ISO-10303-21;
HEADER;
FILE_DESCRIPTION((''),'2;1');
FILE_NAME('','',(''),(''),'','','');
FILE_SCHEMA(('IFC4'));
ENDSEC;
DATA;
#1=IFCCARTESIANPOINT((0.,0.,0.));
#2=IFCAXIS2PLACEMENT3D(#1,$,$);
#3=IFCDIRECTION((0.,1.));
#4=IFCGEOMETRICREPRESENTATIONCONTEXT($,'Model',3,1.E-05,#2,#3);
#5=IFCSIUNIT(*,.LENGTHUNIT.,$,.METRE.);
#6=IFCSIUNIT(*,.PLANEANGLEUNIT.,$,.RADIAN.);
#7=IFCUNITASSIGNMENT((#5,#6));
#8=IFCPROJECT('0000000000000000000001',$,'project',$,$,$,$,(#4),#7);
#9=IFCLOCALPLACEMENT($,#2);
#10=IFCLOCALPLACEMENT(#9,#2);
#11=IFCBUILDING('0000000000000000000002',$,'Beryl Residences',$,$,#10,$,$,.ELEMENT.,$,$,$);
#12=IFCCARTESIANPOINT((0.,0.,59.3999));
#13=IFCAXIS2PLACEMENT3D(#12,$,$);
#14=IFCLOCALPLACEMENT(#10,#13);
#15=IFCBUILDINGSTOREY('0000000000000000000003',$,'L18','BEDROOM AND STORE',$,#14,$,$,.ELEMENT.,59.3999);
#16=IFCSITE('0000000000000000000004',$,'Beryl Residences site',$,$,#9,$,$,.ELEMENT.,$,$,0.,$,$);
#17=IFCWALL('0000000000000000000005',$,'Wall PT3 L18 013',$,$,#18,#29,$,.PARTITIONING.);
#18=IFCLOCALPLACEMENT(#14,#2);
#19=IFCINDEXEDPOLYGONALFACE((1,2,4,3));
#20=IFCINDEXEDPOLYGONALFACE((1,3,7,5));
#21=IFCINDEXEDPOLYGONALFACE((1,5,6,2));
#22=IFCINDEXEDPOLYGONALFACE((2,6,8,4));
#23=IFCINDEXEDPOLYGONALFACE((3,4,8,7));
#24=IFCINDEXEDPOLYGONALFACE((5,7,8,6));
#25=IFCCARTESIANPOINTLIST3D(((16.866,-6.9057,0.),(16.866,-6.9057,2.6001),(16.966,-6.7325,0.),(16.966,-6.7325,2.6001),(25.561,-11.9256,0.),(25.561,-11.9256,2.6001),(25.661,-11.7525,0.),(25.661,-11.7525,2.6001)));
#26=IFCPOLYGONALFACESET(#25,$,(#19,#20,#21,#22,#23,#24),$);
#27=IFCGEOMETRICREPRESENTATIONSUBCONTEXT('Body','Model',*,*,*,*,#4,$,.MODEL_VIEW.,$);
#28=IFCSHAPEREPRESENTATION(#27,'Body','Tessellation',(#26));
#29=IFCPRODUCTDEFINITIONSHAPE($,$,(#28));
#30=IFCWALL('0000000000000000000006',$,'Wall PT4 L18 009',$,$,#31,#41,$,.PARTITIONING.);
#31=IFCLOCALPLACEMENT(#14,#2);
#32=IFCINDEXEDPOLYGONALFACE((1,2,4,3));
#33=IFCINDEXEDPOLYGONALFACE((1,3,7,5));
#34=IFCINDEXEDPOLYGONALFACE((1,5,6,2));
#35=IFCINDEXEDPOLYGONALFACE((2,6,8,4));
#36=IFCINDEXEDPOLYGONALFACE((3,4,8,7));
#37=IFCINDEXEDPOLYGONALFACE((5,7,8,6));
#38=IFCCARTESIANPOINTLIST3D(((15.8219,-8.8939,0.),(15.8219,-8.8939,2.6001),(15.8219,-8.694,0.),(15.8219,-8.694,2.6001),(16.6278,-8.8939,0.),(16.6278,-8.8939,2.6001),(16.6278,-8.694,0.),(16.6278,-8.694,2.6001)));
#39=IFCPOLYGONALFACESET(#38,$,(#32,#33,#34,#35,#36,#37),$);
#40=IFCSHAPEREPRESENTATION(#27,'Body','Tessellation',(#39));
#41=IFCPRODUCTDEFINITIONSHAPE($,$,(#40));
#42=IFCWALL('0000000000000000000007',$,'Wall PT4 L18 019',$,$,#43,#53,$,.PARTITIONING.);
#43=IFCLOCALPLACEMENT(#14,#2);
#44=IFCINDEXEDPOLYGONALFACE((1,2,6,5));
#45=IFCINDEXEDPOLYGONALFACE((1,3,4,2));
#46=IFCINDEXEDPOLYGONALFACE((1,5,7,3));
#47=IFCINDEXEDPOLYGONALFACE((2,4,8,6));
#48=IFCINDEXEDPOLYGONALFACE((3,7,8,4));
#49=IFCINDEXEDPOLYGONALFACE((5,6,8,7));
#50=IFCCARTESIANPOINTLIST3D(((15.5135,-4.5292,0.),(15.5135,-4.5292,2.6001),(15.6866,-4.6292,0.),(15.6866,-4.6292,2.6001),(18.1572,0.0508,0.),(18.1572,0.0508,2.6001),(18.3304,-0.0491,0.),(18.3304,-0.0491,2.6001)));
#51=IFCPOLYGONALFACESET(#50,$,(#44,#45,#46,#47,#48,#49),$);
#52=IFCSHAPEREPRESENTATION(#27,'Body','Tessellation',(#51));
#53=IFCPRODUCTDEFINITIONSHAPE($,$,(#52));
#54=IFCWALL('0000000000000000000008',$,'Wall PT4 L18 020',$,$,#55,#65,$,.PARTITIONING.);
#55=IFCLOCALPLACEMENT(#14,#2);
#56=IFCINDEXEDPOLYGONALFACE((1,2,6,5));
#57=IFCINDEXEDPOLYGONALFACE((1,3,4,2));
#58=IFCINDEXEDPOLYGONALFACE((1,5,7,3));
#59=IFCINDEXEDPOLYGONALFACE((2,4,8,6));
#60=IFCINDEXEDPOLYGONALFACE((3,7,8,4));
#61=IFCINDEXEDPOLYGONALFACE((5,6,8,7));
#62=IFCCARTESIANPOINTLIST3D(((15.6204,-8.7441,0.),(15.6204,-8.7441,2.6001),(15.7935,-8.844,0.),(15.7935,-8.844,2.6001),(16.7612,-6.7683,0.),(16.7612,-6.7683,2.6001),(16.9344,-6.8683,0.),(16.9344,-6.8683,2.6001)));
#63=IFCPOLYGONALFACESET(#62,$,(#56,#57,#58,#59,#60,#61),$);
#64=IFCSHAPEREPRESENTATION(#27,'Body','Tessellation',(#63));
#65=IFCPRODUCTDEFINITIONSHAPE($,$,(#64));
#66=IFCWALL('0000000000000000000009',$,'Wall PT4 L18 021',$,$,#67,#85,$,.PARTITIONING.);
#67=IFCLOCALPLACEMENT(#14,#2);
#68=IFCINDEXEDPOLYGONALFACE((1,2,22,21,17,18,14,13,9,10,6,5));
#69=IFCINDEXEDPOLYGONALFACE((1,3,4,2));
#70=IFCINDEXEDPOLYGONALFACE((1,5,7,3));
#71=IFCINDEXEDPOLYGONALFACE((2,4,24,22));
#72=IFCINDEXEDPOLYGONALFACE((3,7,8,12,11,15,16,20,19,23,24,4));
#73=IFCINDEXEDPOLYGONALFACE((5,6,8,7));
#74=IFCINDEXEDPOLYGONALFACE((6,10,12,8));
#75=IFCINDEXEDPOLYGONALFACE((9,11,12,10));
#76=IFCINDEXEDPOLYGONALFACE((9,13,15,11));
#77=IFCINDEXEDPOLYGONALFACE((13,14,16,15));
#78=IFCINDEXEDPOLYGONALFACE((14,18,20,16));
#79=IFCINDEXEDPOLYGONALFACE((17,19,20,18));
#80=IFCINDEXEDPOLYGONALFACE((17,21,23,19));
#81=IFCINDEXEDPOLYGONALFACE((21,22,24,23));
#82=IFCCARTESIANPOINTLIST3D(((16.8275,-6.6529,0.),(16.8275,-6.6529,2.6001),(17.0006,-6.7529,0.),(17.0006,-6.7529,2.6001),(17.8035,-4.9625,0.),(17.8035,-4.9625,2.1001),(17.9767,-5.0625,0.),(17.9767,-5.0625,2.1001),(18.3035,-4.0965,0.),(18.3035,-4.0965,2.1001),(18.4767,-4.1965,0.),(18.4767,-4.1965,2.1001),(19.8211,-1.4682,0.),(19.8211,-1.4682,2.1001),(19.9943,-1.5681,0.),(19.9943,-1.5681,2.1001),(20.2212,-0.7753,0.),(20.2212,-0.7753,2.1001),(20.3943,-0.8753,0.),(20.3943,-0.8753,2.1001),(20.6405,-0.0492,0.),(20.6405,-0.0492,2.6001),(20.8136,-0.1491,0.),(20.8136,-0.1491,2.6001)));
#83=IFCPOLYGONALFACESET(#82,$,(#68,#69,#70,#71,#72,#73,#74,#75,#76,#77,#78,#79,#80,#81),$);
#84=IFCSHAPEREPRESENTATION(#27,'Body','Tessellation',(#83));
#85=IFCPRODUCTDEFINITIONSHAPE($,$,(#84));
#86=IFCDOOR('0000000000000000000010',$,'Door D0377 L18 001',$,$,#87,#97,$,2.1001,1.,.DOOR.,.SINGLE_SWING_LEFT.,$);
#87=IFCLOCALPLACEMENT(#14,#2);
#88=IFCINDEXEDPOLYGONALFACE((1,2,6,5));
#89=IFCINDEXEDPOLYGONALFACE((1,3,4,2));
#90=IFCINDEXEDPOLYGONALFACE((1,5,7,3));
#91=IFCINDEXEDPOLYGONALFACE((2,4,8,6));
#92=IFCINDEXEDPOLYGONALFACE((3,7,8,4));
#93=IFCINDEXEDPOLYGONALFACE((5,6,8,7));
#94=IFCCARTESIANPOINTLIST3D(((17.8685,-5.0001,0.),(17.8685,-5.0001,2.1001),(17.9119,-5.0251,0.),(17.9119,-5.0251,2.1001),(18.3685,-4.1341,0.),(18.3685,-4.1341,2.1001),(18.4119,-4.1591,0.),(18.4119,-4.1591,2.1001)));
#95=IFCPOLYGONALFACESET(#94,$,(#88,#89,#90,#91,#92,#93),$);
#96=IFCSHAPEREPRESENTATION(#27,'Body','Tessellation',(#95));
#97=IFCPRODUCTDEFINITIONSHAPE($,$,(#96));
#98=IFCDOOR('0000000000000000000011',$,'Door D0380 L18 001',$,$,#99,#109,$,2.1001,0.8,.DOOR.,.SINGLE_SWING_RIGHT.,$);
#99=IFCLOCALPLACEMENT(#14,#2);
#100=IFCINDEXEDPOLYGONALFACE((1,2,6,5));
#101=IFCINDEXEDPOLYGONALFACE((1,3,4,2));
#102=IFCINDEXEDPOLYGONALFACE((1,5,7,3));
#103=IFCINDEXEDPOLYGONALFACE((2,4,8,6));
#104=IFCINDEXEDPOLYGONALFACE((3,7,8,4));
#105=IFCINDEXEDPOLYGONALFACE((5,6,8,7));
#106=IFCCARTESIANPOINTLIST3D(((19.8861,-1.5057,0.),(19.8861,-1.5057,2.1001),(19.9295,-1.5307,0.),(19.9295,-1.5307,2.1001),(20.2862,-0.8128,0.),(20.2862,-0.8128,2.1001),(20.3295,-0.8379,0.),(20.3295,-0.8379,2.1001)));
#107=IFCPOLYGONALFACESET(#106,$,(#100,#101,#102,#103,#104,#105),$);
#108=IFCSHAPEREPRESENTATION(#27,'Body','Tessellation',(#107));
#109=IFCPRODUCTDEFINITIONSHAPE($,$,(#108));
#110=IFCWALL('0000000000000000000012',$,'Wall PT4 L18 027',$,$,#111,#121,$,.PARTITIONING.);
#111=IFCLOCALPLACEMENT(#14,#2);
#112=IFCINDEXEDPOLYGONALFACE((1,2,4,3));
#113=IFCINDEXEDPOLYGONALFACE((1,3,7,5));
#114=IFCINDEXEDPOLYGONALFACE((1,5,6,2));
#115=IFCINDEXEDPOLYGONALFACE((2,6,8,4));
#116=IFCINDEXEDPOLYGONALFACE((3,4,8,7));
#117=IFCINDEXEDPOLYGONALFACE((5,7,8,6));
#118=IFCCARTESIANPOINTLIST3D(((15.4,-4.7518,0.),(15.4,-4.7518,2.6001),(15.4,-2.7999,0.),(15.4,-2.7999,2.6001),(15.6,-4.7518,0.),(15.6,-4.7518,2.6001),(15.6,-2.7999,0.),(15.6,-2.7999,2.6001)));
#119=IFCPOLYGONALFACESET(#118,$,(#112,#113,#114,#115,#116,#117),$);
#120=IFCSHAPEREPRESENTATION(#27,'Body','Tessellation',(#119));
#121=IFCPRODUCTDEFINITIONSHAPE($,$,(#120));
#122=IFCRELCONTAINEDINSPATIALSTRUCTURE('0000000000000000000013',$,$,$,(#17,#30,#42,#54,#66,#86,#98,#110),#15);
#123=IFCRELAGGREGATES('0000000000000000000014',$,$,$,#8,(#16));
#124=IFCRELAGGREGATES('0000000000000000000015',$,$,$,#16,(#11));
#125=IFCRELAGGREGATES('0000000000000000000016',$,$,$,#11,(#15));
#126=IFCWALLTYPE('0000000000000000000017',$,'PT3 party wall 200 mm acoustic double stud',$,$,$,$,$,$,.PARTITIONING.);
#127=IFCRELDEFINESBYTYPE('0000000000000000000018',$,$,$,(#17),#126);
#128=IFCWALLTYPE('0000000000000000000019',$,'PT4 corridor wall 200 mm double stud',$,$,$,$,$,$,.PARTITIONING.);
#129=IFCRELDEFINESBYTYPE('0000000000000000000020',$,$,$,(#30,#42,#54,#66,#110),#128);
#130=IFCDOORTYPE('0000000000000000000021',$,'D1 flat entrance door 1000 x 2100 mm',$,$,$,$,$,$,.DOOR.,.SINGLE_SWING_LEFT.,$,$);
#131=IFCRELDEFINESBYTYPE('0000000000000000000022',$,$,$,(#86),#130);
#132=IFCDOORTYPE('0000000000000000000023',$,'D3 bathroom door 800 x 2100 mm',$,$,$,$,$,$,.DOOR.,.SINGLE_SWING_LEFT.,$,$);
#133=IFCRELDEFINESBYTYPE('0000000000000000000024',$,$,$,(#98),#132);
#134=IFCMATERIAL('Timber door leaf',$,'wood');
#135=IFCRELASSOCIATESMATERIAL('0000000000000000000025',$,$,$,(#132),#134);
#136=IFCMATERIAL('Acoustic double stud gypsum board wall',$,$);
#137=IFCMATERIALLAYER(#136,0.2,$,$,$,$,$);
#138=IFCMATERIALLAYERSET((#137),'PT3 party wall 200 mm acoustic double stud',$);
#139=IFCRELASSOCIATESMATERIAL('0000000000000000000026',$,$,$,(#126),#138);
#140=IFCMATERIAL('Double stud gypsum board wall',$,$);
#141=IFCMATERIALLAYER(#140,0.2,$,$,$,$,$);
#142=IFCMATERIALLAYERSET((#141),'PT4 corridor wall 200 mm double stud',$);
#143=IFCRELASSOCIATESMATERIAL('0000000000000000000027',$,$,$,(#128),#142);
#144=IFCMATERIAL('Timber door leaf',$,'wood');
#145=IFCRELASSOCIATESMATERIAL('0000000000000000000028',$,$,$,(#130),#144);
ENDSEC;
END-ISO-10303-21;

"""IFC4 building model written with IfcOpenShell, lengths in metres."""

from ifc_helpers import new_model, si_unit, direction, frame, frame_2d, origin, place, context, subcontext, project, spatial, rectangle, extrude, material, layer, layer_set, type_object, element, fill, save


model = new_model("IFC4")

# Units and contexts
model_context = context("Model", 3, precision=1e-05, world=origin(), true_north=direction((0.0, 1.0)))
body_context = subcontext(model_context, "Body", "Model", "MODEL_VIEW")
ifc_project = project(units=[si_unit("LENGTHUNIT", "METRE"), si_unit("PLANEANGLEUNIT", "RADIAN")], contexts=[model_context])

# Site, building, storey
site_placement = place(None, origin())
site = spatial("IfcSite", under=ifc_project, at=site_placement, Name="Beryl Residences site", CompositionType="ELEMENT", RefElevation=0.0)
building_placement = place(site_placement, origin())
building = spatial("IfcBuilding", under=site, at=building_placement, Name="Beryl Residences", CompositionType="ELEMENT")
storey_placement = place(building_placement, frame((0.0, 0.0, 59.3999)))
storey = spatial("IfcBuildingStorey", under=building, at=storey_placement, Name="L18", Description="BEDROOM AND STORE", CompositionType="ELEMENT", Elevation=59.3999)

# Shared definitions
ifc_material_1 = material(Name="Timber door leaf", Category="wood")
door_type_1 = type_object("IfcDoorType", Name="D3 bathroom door 800 x 2100 mm", OperationType="SINGLE_SWING_LEFT", PredefinedType="DOOR", material=ifc_material_1)

# Walls
ifc_material_2 = material(Name="Acoustic double stud gypsum board wall")
ifc_layer_1 = layer(ifc_material_2, 0.2)
ifc_layer_set_1 = layer_set([ifc_layer_1], Name="PT3 party wall 200 mm acoustic double stud")
wall_type_1 = type_object("IfcWallType", Name="PT3 party wall 200 mm acoustic double stud", PredefinedType="PARTITIONING", material=ifc_layer_set_1)
wall_1_placement = place(storey_placement, frame((16.916, -6.8191, 0.0), z_axis=(0.0, 0.0, 1.0), x_axis=(0.866029, -0.499994, 0.0)))
element("IfcWall", 1, at=wall_1_placement, inside=storey, type_object=wall_type_1, Name="Wall PT3 L18 013", PredefinedType="PARTITIONING", context=body_context, shape_type="SweptSolid", body=[
    extrude(rectangle(XDim=10.04, YDim=0.2, at=frame_2d((5.02, 0.0))), origin(), (0.0, 0.0, 1.0), 2.6001),
])
ifc_material_3 = material(Name="Double stud gypsum board wall")
ifc_layer_2 = layer(ifc_material_3, 0.2)
ifc_layer_set_2 = layer_set([ifc_layer_2], Name="PT4 corridor wall 200 mm double stud")
wall_type_2 = type_object("IfcWallType", Name="PT4 corridor wall 200 mm double stud", PredefinedType="PARTITIONING", material=ifc_layer_set_2)
wall_2_placement = place(storey_placement, frame((15.822, -8.7939, 0.0), z_axis=(0.0, 0.0, 1.0), x_axis=(1.0, 0.0, 0.0)))
element("IfcWall", 2, at=wall_2_placement, inside=storey, type_object=wall_type_2, Name="Wall PT4 L18 009", PredefinedType="PARTITIONING", context=body_context, shape_type="SweptSolid", body=[
    extrude(rectangle(XDim=0.8059, YDim=0.2, at=frame_2d((0.4028, 0.0))), origin(), (0.0, 0.0, 1.0), 2.6001),
])
wall_3_placement = place(storey_placement, frame((15.6001, -4.5791, 0.0), z_axis=(0.0, 0.0, 1.0), x_axis=(0.499928, 0.866067, 0.0)))
element("IfcWall", 3, at=wall_3_placement, inside=storey, type_object=wall_type_2, Name="Wall PT4 L18 019", PredefinedType="PARTITIONING", context=body_context, shape_type="SweptSolid", body=[
    extrude(rectangle(XDim=5.2883, YDim=0.2, at=frame_2d((2.644, 0.0))), origin(), (0.0, 0.0, 1.0), 2.6001),
])
wall_4_placement = place(storey_placement, frame((15.707, -8.7939, 0.0), z_axis=(0.0, 0.0, 1.0), x_axis=(0.50004, 0.866002, 0.0)))
element("IfcWall", 4, at=wall_4_placement, inside=storey, type_object=wall_type_2, Name="Wall PT4 L18 020", PredefinedType="PARTITIONING", context=body_context, shape_type="SweptSolid", body=[
    extrude(rectangle(XDim=2.2815, YDim=0.2, at=frame_2d((1.1406, 0.0))), origin(), (0.0, 0.0, 1.0), 2.6001),
])

# Wall, openings, doors
wall_5_placement = place(storey_placement, frame((16.9141, -6.7029, 0.0), z_axis=(0.0, 0.0, 1.0), x_axis=(0.50003, 0.866008, 0.0)))
wall_5 = element("IfcWall", 5, at=wall_5_placement, inside=storey, type_object=wall_type_2, Name="Wall PT4 L18 021", PredefinedType="PARTITIONING", context=body_context, shape_type="SweptSolid", body=[
    extrude(rectangle(XDim=7.6255, YDim=0.2, at=frame_2d((3.8127, 0.0))), origin(), (0.0, 0.0, 1.0), 2.6001),
])
opening_1_placement = place(wall_5_placement, frame((1.9519, 0.0, 0.0)))
opening_1 = element("IfcOpeningElement", 6, at=opening_1_placement, cuts=wall_5, PredefinedType="OPENING", context=body_context, shape_type="SweptSolid", body=[
    extrude(rectangle(XDim=1.0, YDim=2.1001, at=frame_2d((0.5, 1.05))), frame((0.0, 0.1099, 0.0), z_axis=(0.0, -1.0, 0.0), x_axis=(1.0, 0.0, 0.0)), (0.0, 0.0, 1.0), 0.22),
])
opening_2_placement = place(wall_5_placement, frame((5.9871, 0.0, 0.0)))
opening_2 = element("IfcOpeningElement", 7, at=opening_2_placement, cuts=wall_5, PredefinedType="OPENING", context=body_context, shape_type="SweptSolid", body=[
    extrude(rectangle(XDim=0.8, YDim=2.1001, at=frame_2d((0.3999, 1.05))), frame((0.0, 0.1099, 0.0), z_axis=(0.0, -1.0, 0.0), x_axis=(1.0, 0.0, 0.0)), (0.0, 0.0, 1.0), 0.22),
])
ifc_material_4 = material(Name="Timber door leaf", Category="wood")
door_type_2 = type_object("IfcDoorType", Name="D1 flat entrance door 1000 x 2100 mm", OperationType="SINGLE_SWING_LEFT", PredefinedType="DOOR", material=ifc_material_4)
door_1_placement = place(opening_1_placement, origin())
door_1 = element("IfcDoor", 8, at=door_1_placement, inside=storey, type_object=door_type_2, Name="Door D0377 L18 001", OperationType="SINGLE_SWING_LEFT", OverallHeight=2.1001, OverallWidth=1.0, PredefinedType="DOOR", context=body_context, shape_type="SweptSolid", body=[
    extrude(rectangle(XDim=1.0, YDim=2.1001, at=frame_2d((0.5, 1.05))), frame((0.0, 0.0249, 0.0), z_axis=(0.0, -1.0, 0.0), x_axis=(1.0, 0.0, 0.0)), (0.0, 0.0, 1.0), 0.05),
])
fill(opening_1, door_1)
door_2_placement = place(opening_2_placement, origin())
door_2 = element("IfcDoor", 9, at=door_2_placement, inside=storey, type_object=door_type_1, Name="Door D0380 L18 001", OperationType="SINGLE_SWING_RIGHT", OverallHeight=2.1001, OverallWidth=0.8, PredefinedType="DOOR", context=body_context, shape_type="SweptSolid", body=[
    extrude(rectangle(XDim=0.8, YDim=2.1001, at=frame_2d((0.3999, 1.05))), frame((0.0, 0.0249, 0.0), z_axis=(0.0, -1.0, 0.0), x_axis=(1.0, 0.0, 0.0)), (0.0, 0.0, 1.0), 0.05),
])
fill(opening_2, door_2)

# Wall
wall_6_placement = place(storey_placement, frame((15.5, -4.752, 0.0), z_axis=(0.0, 0.0, 1.0), x_axis=(0.0, 1.0, 0.0)))
element("IfcWall", 10, at=wall_6_placement, inside=storey, type_object=wall_type_2, Name="Wall PT4 L18 027", PredefinedType="PARTITIONING", context=body_context, shape_type="SweptSolid", body=[
    extrude(rectangle(XDim=1.9519, YDim=0.2, at=frame_2d((0.9761, 0.0))), origin(), (0.0, 0.0, 1.0), 2.6001),
])

save(model, "model.ifc")
